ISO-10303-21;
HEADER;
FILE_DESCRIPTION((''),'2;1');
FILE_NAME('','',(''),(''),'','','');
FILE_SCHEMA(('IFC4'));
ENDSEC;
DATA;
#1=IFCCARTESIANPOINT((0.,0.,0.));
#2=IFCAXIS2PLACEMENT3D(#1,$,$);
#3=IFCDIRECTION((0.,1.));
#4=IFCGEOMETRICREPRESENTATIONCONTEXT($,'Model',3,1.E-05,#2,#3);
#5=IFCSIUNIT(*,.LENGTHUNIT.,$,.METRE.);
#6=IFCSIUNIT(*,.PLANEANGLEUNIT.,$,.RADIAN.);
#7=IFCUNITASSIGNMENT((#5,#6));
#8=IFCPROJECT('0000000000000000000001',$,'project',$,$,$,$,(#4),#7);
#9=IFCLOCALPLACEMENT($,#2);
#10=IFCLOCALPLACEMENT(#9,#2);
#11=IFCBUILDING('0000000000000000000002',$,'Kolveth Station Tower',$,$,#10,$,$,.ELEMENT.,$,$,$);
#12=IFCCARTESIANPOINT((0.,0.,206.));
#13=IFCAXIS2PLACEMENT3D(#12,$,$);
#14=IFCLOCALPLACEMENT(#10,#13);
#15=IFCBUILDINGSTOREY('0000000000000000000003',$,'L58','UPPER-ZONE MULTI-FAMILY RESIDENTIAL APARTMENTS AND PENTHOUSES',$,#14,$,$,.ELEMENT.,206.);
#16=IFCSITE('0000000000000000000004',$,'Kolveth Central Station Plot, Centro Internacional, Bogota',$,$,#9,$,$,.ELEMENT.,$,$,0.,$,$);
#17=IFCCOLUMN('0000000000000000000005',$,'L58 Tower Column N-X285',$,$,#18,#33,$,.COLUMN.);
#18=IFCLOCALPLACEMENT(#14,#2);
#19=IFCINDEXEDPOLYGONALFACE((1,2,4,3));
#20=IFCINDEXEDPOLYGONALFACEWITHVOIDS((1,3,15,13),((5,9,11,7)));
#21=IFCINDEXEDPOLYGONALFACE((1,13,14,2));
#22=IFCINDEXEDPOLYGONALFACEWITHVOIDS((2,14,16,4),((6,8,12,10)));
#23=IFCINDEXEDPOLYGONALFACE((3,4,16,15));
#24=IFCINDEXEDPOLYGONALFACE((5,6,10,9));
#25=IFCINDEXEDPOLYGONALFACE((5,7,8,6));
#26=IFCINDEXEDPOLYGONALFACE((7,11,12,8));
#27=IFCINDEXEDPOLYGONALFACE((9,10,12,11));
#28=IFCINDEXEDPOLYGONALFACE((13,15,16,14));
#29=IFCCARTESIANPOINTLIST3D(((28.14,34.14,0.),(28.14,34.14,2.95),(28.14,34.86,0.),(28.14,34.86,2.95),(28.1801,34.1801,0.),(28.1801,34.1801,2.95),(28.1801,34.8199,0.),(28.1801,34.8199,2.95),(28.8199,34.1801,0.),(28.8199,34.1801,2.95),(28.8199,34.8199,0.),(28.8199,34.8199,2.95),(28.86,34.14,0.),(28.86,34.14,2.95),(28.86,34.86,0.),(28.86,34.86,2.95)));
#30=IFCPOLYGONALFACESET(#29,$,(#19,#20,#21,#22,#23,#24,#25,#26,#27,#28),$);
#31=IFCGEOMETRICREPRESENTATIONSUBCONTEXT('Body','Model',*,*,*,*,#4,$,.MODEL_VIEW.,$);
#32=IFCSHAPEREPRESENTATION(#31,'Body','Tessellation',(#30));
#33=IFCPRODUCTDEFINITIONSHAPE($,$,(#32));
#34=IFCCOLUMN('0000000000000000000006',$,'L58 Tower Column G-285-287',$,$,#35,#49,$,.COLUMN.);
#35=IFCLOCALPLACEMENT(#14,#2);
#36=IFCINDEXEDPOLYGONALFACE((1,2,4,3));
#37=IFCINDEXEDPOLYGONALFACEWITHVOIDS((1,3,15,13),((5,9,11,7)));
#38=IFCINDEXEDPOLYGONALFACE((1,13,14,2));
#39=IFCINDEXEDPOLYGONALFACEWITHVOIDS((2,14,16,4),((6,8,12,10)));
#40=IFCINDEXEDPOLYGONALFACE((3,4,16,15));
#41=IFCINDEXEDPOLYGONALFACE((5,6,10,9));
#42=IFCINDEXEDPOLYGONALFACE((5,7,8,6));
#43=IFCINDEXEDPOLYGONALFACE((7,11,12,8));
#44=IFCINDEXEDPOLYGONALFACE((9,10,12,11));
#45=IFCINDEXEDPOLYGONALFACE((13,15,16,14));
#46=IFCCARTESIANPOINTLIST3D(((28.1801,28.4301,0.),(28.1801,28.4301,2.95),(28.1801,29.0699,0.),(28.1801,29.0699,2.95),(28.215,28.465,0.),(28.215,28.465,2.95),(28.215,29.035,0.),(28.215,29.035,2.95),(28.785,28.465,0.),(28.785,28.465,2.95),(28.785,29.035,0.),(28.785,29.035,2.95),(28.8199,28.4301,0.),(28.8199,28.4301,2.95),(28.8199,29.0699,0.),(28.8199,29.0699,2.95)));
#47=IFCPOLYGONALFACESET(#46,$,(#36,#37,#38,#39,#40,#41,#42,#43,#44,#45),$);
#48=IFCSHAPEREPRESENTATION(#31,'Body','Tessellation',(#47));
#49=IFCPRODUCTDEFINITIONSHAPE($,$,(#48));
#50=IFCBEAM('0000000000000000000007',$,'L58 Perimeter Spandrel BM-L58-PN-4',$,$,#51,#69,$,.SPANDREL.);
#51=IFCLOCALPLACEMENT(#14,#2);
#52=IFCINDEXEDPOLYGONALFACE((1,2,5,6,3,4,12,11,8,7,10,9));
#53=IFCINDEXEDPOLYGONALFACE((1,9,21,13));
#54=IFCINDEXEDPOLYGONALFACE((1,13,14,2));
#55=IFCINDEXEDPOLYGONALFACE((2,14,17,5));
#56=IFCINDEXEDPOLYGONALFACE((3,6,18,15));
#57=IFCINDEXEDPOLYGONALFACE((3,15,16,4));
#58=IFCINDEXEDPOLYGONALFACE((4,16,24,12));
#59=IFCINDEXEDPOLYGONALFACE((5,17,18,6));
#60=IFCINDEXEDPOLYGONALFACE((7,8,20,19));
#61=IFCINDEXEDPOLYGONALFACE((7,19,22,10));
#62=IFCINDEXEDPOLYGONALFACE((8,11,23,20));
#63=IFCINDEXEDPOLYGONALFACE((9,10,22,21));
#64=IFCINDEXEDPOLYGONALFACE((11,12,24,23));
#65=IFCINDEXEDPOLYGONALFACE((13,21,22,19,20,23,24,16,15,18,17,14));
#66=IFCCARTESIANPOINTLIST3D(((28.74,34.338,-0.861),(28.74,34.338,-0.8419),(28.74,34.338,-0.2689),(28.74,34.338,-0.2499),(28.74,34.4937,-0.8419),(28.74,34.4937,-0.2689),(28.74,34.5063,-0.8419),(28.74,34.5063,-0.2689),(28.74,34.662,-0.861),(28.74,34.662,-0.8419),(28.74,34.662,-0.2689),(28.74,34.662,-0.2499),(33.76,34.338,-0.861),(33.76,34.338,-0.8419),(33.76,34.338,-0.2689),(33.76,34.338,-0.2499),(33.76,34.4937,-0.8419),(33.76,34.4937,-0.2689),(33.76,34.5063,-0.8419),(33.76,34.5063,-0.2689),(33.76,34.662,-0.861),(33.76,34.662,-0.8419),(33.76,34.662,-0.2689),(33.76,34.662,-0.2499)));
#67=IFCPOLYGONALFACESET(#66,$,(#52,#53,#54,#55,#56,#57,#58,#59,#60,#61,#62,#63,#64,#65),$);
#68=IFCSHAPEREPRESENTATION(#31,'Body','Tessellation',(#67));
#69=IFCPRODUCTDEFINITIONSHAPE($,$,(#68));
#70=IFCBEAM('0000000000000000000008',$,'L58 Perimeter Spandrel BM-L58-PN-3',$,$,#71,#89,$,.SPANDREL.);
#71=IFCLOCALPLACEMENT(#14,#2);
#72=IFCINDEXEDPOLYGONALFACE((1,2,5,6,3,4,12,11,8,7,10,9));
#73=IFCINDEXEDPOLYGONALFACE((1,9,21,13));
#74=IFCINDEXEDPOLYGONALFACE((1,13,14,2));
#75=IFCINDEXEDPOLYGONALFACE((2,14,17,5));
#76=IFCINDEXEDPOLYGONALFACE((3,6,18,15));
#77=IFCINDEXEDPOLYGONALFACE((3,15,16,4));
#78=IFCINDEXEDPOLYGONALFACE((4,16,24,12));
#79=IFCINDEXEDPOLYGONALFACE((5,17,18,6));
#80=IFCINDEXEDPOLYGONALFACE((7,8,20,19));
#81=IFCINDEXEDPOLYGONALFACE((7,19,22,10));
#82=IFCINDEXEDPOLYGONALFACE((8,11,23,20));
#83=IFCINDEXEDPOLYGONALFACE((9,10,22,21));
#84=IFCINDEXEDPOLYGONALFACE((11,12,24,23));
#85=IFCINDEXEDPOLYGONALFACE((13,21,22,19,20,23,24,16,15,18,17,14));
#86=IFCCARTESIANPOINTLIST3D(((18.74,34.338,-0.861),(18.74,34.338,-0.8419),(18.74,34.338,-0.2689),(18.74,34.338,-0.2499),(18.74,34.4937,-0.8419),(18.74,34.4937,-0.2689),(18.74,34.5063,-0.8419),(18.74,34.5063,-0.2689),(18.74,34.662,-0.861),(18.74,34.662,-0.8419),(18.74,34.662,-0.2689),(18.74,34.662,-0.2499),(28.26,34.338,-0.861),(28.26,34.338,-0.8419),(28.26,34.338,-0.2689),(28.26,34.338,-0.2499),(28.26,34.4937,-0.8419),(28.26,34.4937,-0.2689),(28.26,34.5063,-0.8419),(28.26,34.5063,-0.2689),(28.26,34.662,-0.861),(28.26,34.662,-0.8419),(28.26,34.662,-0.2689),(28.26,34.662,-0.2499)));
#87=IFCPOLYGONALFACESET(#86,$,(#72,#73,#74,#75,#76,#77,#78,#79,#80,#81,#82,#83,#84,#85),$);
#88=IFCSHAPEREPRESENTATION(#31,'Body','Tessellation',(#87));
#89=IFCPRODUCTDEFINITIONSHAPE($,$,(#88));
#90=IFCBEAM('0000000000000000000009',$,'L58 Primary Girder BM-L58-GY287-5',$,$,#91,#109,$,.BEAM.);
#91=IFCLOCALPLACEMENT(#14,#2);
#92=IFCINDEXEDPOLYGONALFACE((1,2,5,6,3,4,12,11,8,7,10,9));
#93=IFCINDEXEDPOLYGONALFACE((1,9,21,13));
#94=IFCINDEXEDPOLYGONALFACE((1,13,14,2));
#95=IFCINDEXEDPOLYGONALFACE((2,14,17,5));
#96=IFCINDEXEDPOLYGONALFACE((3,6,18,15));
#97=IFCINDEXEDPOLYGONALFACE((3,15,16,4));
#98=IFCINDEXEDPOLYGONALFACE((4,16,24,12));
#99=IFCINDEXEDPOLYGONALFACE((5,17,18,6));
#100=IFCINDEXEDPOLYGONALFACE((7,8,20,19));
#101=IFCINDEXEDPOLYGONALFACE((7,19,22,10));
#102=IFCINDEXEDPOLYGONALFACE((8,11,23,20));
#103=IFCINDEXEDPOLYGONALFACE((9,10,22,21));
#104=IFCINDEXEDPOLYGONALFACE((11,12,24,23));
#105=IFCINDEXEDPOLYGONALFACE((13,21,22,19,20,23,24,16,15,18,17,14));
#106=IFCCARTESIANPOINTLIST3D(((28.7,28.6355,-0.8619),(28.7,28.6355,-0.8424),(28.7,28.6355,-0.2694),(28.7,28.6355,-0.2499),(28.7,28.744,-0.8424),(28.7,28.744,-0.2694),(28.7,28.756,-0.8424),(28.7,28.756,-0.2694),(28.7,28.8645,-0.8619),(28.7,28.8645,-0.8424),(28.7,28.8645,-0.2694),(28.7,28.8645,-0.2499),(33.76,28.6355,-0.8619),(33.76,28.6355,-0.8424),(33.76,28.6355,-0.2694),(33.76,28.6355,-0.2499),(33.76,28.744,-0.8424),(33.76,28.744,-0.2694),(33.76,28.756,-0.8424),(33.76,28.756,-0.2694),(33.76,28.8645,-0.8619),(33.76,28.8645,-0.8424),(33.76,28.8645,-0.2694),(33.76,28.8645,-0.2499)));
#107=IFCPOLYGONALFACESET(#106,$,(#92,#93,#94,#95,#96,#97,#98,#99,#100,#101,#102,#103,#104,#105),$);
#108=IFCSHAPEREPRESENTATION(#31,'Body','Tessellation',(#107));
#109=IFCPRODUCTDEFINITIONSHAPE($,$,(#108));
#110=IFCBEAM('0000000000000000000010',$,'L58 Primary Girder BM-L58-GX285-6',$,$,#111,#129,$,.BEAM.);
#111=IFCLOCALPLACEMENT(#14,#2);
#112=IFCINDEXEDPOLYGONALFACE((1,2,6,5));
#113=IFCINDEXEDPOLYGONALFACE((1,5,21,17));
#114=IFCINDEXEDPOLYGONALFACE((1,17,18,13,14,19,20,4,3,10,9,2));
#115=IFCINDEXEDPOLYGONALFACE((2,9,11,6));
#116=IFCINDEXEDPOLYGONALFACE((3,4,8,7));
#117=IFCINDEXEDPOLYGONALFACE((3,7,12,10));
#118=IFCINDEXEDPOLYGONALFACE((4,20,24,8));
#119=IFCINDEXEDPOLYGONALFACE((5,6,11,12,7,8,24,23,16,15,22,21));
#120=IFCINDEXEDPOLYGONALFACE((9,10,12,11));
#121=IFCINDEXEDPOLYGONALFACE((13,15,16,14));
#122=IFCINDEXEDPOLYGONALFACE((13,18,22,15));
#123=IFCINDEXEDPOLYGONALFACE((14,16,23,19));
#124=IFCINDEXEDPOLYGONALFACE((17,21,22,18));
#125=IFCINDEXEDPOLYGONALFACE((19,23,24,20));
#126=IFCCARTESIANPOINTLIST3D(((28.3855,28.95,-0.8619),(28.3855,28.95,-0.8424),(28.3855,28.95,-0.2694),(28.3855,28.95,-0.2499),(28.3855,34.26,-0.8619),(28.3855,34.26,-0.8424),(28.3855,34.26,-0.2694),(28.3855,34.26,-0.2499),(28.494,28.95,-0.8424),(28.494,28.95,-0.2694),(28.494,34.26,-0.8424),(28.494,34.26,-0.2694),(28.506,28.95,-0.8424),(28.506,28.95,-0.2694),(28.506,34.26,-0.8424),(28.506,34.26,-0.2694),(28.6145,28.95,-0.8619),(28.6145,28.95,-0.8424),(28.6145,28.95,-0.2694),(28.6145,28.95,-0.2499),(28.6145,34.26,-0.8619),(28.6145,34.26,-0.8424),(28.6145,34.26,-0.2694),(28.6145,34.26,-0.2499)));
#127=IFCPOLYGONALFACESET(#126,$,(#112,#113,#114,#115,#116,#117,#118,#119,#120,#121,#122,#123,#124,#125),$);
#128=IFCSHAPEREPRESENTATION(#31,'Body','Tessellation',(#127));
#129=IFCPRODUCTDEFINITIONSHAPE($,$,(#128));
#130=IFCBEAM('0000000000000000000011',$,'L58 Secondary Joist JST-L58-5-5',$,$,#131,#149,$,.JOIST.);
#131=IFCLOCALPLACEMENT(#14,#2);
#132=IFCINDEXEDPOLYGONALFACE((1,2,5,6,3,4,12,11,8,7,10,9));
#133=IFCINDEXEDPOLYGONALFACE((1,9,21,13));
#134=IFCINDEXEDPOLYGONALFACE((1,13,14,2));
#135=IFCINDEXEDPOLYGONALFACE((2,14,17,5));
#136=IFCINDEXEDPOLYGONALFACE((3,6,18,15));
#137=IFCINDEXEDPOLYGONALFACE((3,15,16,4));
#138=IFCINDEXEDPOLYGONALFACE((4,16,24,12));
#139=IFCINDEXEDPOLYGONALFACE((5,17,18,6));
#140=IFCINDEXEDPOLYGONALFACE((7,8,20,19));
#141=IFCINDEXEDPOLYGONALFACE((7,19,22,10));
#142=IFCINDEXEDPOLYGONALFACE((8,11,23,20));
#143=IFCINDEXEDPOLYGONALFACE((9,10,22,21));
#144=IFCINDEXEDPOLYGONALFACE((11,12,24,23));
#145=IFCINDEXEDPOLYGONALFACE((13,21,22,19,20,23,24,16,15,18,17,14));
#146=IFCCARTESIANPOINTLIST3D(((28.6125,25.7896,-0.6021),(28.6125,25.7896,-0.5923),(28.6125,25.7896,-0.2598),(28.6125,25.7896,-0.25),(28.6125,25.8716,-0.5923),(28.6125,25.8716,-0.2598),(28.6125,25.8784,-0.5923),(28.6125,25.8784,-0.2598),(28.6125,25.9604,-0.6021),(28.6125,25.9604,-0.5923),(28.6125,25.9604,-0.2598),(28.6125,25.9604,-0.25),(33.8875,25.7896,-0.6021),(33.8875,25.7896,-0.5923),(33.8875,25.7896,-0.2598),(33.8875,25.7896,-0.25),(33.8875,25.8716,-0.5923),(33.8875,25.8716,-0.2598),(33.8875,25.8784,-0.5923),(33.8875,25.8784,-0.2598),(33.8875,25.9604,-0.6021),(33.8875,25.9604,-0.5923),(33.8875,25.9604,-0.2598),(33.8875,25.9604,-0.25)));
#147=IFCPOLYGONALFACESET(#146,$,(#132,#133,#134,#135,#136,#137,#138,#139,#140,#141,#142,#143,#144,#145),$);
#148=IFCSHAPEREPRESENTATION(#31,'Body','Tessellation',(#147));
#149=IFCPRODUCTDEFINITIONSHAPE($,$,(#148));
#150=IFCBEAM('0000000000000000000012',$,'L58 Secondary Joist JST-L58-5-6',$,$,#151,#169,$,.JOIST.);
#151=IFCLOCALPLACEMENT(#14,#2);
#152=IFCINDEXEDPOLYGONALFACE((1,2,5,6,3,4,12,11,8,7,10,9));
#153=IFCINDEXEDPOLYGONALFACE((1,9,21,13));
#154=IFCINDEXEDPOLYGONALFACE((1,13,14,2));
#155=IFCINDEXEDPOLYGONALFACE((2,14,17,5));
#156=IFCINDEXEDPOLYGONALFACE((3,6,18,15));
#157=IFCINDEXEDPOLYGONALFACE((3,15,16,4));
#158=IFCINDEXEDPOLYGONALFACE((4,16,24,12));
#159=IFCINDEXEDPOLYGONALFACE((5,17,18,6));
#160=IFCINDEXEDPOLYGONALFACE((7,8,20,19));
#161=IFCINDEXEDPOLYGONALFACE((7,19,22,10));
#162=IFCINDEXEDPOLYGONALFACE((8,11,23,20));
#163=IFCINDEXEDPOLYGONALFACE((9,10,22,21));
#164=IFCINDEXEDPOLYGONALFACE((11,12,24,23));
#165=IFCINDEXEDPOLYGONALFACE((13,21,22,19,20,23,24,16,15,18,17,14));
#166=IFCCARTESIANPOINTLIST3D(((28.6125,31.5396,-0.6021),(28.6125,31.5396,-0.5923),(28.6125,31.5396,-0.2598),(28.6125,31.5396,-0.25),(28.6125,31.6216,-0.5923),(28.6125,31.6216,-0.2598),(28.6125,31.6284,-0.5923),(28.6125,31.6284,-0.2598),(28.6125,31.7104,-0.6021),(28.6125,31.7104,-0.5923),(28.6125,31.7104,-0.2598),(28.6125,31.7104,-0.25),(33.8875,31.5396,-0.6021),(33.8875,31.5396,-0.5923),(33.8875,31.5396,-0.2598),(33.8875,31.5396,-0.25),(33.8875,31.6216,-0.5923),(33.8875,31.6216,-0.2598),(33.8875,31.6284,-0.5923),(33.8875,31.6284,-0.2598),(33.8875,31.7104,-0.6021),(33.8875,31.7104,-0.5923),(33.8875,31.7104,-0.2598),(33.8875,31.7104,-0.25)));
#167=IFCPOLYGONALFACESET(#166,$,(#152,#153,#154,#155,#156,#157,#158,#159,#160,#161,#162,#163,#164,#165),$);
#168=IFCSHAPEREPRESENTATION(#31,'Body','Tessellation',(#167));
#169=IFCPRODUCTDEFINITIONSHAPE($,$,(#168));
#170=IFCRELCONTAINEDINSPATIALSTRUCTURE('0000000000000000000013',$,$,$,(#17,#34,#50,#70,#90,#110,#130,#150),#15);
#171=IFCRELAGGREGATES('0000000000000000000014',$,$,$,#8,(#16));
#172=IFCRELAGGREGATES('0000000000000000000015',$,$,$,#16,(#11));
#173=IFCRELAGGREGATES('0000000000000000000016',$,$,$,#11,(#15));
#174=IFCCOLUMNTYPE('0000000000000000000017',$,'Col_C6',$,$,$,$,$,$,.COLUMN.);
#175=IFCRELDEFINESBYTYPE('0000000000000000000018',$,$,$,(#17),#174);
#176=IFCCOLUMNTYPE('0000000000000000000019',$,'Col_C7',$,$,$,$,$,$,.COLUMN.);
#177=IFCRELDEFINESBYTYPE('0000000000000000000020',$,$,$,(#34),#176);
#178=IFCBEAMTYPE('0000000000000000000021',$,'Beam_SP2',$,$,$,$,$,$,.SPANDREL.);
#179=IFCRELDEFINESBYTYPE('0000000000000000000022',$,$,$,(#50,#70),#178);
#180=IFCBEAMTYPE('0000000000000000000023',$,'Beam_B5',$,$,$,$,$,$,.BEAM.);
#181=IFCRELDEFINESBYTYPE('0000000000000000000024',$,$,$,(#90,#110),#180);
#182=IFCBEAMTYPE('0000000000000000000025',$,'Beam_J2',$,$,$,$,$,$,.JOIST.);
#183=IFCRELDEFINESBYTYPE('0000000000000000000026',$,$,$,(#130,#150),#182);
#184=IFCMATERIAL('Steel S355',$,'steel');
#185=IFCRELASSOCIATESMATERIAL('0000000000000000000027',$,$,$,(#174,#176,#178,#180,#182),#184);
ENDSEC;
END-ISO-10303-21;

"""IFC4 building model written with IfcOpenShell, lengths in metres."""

from ifc_helpers import new_model, si_unit, direction, frame, origin, origin_2d, place, context, subcontext, project, spatial, hollow_rectangle, i_section, extrude, source, transform, mapped, material, material_profile, profile_set, type_object, element, save


model = new_model("IFC4")

# Units and contexts
model_context = context("Model", 3, precision=1e-05, world=origin(), true_north=direction((0.0, 1.0)))
body_context = subcontext(model_context, "Body", "Model", "MODEL_VIEW")
ifc_project = project(units=[si_unit("LENGTHUNIT", "METRE"), si_unit("PLANEANGLEUNIT", "RADIAN")], contexts=[model_context])

# Site, building, storey
site_placement = place(None, origin())
site = spatial("IfcSite", under=ifc_project, at=site_placement, Name="Kolveth Central Station Plot, Centro Internacional, Bogota", CompositionType="ELEMENT", RefElevation=0.0)
building_placement = place(site_placement, origin())
building = spatial("IfcBuilding", under=site, at=building_placement, Name="Kolveth Station Tower", CompositionType="ELEMENT")
storey_placement = place(building_placement, frame((0.0, 0.0, 206.0)))
storey = spatial("IfcBuildingStorey", under=building, at=storey_placement, Name="L58", Description="UPPER-ZONE MULTI-FAMILY RESIDENTIAL APARTMENTS AND PENTHOUSES", CompositionType="ELEMENT", Elevation=206.0)

# Columns
ifc_material_1 = material(Name="Steel S355", Category="steel")
ifc_material_profile_1 = material_profile(ifc_material_1, hollow_rectangle(XDim=0.72, YDim=0.72, WallThickness=0.04, at=origin_2d()), Name="BOX720x720x40")
ifc_profile_set_1 = profile_set([ifc_material_profile_1], Name="Steel S355")
column_type_1 = type_object("IfcColumnType", Name="Col_C6", PredefinedType="COLUMN", material=ifc_profile_set_1)
shared_shape_1 = source(origin(), body_context, "Body", "SweptSolid", [
    extrude(hollow_rectangle(XDim=0.72, YDim=0.72, WallThickness=0.04, at=origin_2d()), origin(), (0.0, 0.0, 1.0), 2.95),
])
column_1_placement = place(storey_placement, frame((28.5, 34.5, 0.0), z_axis=(0.0, 0.0, 1.0), x_axis=(1.0, 0.0, 0.0)))
element("IfcColumn", 1, at=column_1_placement, inside=storey, type_object=column_type_1, Name="L58 Tower Column N-X285", PredefinedType="COLUMN", context=body_context, shape_type="MappedRepresentation", body=[
    mapped(shared_shape_1, transform((0.0, 0.0, 0.0), x_axis=(1.0, 0.0, 0.0), y_axis=(0.0, 1.0, 0.0), z_axis=(0.0, 0.0, 1.0), scale=1.0)),
])
ifc_material_profile_2 = material_profile(ifc_material_1, hollow_rectangle(XDim=0.6399, YDim=0.6399, WallThickness=0.0349, at=origin_2d()), Name="BOX640x640x35")
ifc_profile_set_2 = profile_set([ifc_material_profile_2], Name="Steel S355")
column_type_2 = type_object("IfcColumnType", Name="Col_C7", PredefinedType="COLUMN", material=ifc_profile_set_2)
shared_shape_2 = source(origin(), body_context, "Body", "SweptSolid", [
    extrude(hollow_rectangle(XDim=0.6399, YDim=0.6399, WallThickness=0.0349, at=origin_2d()), origin(), (0.0, 0.0, 1.0), 2.95),
])
column_2_placement = place(storey_placement, frame((28.5, 28.75, 0.0), z_axis=(0.0, 0.0, 1.0), x_axis=(1.0, 0.0, 0.0)))
element("IfcColumn", 2, at=column_2_placement, inside=storey, type_object=column_type_2, Name="L58 Tower Column G-285-287", PredefinedType="COLUMN", context=body_context, shape_type="MappedRepresentation", body=[
    mapped(shared_shape_2, transform((0.0, 0.0, 0.0), x_axis=(1.0, 0.0, 0.0), y_axis=(0.0, 1.0, 0.0), z_axis=(0.0, 0.0, 1.0), scale=1.0)),
])

# Beams
ifc_material_profile_3 = material_profile(ifc_material_1, i_section(OverallWidth=0.324, OverallDepth=0.6111, WebThickness=0.0127, FlangeThickness=0.019, at=origin_2d()), Name="W610x155")
ifc_profile_set_3 = profile_set([ifc_material_profile_3], Name="Steel S355")
beam_type_1 = type_object("IfcBeamType", Name="Beam_SP2", PredefinedType="SPANDREL", material=ifc_profile_set_3)
shared_shape_3 = source(origin(), body_context, "Body", "SweptSolid", [
    extrude(i_section(OverallWidth=0.324, OverallDepth=0.6111, WebThickness=0.0127, FlangeThickness=0.019, at=origin_2d()), origin(), (0.0, 0.0, 1.0), 5.02),
])
beam_1_placement = place(storey_placement, frame((28.74, 34.5, -0.5554), z_axis=(1.0, 0.0, 0.0), x_axis=(0.0, 1.0, 0.0)))
element("IfcBeam", 3, at=beam_1_placement, inside=storey, type_object=beam_type_1, Name="L58 Perimeter Spandrel BM-L58-PN-4", PredefinedType="SPANDREL", context=body_context, shape_type="MappedRepresentation", body=[
    mapped(shared_shape_3, transform((0.0, 0.0, 0.0), x_axis=(1.0, 0.0, 0.0), y_axis=(0.0, 1.0, 0.0), z_axis=(0.0, 0.0, 1.0), scale=1.0)),
])
shared_shape_4 = source(origin(), body_context, "Body", "SweptSolid", [
    extrude(i_section(OverallWidth=0.324, OverallDepth=0.6111, WebThickness=0.0127, FlangeThickness=0.019, at=origin_2d()), origin(), (0.0, 0.0, 1.0), 9.52),
])
beam_2_placement = place(storey_placement, frame((18.74, 34.5, -0.5554), z_axis=(1.0, 0.0, 0.0), x_axis=(0.0, 1.0, 0.0)))
element("IfcBeam", 4, at=beam_2_placement, inside=storey, type_object=beam_type_1, Name="L58 Perimeter Spandrel BM-L58-PN-3", PredefinedType="SPANDREL", context=body_context, shape_type="MappedRepresentation", body=[
    mapped(shared_shape_4, transform((0.0, 0.0, 0.0), x_axis=(1.0, 0.0, 0.0), y_axis=(0.0, 1.0, 0.0), z_axis=(0.0, 0.0, 1.0), scale=1.0)),
])
ifc_material_profile_4 = material_profile(ifc_material_1, i_section(OverallWidth=0.229, OverallDepth=0.6121, WebThickness=0.012, FlangeThickness=0.0195, at=origin_2d()), Name="W610x125")
ifc_profile_set_4 = profile_set([ifc_material_profile_4], Name="Steel S355")
beam_type_2 = type_object("IfcBeamType", Name="Beam_B5", PredefinedType="BEAM", material=ifc_profile_set_4)
shared_shape_5 = source(origin(), body_context, "Body", "SweptSolid", [
    extrude(i_section(OverallWidth=0.229, OverallDepth=0.6121, WebThickness=0.012, FlangeThickness=0.0195, at=origin_2d()), origin(), (0.0, 0.0, 1.0), 5.0601),
])
beam_3_placement = place(storey_placement, frame((28.7, 28.75, -0.5559), z_axis=(1.0, 0.0, 0.0), x_axis=(0.0, 1.0, 0.0)))
element("IfcBeam", 5, at=beam_3_placement, inside=storey, type_object=beam_type_2, Name="L58 Primary Girder BM-L58-GY287-5", PredefinedType="BEAM", context=body_context, shape_type="MappedRepresentation", body=[
    mapped(shared_shape_5, transform((0.0, 0.0, 0.0), x_axis=(1.0, 0.0, 0.0), y_axis=(0.0, 1.0, 0.0), z_axis=(0.0, 0.0, 1.0), scale=1.0)),
])
shared_shape_6 = source(origin(), body_context, "Body", "SweptSolid", [
    extrude(i_section(OverallWidth=0.229, OverallDepth=0.6121, WebThickness=0.012, FlangeThickness=0.0195, at=origin_2d()), origin(), (0.0, 0.0, 1.0), 5.3101),
])
beam_4_placement = place(storey_placement, frame((28.5, 28.95, -0.5559), z_axis=(0.0, 1.0, 0.0), x_axis=(-1.0, 0.0, 0.0)))
element("IfcBeam", 6, at=beam_4_placement, inside=storey, type_object=beam_type_2, Name="L58 Primary Girder BM-L58-GX285-6", PredefinedType="BEAM", context=body_context, shape_type="MappedRepresentation", body=[
    mapped(shared_shape_6, transform((0.0, 0.0, 0.0), x_axis=(1.0, 0.0, 0.0), y_axis=(0.0, 1.0, 0.0), z_axis=(0.0, 0.0, 1.0), scale=1.0)),
])
ifc_material_profile_5 = material_profile(ifc_material_1, i_section(OverallWidth=0.1709, OverallDepth=0.3521, WebThickness=0.0068, FlangeThickness=0.0098, at=origin_2d()), Name="W360x44")
ifc_profile_set_5 = profile_set([ifc_material_profile_5], Name="Steel S355")
beam_type_3 = type_object("IfcBeamType", Name="Beam_J2", PredefinedType="JOIST", material=ifc_profile_set_5)
shared_shape_7 = source(origin(), body_context, "Body", "SweptSolid", [
    extrude(i_section(OverallWidth=0.1709, OverallDepth=0.3521, WebThickness=0.0068, FlangeThickness=0.0098, at=origin_2d()), origin(), (0.0, 0.0, 1.0), 5.2749),
])
for number, where, z_axis, x_axis, name in (
    (7, (28.6125, 25.875, -0.426), (1.0, 0.0, 0.0), (0.0, 1.0, 0.0), "L58 Secondary Joist JST-L58-5-5"),
    (8, (28.6125, 31.625, -0.426), (1.0, 0.0, 0.0), (0.0, 1.0, 0.0), "L58 Secondary Joist JST-L58-5-6"),
):
    element("IfcBeam", number, at=place(storey_placement, frame(where, z_axis=z_axis, x_axis=x_axis)), inside=storey, type_object=beam_type_3, Name=name, PredefinedType="JOIST", context=body_context, shape_type="MappedRepresentation", body=[
        mapped(shared_shape_7, transform((0.0, 0.0, 0.0), x_axis=(1.0, 0.0, 0.0), y_axis=(0.0, 1.0, 0.0), z_axis=(0.0, 0.0, 1.0), scale=1.0)),
    ])

save(model, "model.ifc")
